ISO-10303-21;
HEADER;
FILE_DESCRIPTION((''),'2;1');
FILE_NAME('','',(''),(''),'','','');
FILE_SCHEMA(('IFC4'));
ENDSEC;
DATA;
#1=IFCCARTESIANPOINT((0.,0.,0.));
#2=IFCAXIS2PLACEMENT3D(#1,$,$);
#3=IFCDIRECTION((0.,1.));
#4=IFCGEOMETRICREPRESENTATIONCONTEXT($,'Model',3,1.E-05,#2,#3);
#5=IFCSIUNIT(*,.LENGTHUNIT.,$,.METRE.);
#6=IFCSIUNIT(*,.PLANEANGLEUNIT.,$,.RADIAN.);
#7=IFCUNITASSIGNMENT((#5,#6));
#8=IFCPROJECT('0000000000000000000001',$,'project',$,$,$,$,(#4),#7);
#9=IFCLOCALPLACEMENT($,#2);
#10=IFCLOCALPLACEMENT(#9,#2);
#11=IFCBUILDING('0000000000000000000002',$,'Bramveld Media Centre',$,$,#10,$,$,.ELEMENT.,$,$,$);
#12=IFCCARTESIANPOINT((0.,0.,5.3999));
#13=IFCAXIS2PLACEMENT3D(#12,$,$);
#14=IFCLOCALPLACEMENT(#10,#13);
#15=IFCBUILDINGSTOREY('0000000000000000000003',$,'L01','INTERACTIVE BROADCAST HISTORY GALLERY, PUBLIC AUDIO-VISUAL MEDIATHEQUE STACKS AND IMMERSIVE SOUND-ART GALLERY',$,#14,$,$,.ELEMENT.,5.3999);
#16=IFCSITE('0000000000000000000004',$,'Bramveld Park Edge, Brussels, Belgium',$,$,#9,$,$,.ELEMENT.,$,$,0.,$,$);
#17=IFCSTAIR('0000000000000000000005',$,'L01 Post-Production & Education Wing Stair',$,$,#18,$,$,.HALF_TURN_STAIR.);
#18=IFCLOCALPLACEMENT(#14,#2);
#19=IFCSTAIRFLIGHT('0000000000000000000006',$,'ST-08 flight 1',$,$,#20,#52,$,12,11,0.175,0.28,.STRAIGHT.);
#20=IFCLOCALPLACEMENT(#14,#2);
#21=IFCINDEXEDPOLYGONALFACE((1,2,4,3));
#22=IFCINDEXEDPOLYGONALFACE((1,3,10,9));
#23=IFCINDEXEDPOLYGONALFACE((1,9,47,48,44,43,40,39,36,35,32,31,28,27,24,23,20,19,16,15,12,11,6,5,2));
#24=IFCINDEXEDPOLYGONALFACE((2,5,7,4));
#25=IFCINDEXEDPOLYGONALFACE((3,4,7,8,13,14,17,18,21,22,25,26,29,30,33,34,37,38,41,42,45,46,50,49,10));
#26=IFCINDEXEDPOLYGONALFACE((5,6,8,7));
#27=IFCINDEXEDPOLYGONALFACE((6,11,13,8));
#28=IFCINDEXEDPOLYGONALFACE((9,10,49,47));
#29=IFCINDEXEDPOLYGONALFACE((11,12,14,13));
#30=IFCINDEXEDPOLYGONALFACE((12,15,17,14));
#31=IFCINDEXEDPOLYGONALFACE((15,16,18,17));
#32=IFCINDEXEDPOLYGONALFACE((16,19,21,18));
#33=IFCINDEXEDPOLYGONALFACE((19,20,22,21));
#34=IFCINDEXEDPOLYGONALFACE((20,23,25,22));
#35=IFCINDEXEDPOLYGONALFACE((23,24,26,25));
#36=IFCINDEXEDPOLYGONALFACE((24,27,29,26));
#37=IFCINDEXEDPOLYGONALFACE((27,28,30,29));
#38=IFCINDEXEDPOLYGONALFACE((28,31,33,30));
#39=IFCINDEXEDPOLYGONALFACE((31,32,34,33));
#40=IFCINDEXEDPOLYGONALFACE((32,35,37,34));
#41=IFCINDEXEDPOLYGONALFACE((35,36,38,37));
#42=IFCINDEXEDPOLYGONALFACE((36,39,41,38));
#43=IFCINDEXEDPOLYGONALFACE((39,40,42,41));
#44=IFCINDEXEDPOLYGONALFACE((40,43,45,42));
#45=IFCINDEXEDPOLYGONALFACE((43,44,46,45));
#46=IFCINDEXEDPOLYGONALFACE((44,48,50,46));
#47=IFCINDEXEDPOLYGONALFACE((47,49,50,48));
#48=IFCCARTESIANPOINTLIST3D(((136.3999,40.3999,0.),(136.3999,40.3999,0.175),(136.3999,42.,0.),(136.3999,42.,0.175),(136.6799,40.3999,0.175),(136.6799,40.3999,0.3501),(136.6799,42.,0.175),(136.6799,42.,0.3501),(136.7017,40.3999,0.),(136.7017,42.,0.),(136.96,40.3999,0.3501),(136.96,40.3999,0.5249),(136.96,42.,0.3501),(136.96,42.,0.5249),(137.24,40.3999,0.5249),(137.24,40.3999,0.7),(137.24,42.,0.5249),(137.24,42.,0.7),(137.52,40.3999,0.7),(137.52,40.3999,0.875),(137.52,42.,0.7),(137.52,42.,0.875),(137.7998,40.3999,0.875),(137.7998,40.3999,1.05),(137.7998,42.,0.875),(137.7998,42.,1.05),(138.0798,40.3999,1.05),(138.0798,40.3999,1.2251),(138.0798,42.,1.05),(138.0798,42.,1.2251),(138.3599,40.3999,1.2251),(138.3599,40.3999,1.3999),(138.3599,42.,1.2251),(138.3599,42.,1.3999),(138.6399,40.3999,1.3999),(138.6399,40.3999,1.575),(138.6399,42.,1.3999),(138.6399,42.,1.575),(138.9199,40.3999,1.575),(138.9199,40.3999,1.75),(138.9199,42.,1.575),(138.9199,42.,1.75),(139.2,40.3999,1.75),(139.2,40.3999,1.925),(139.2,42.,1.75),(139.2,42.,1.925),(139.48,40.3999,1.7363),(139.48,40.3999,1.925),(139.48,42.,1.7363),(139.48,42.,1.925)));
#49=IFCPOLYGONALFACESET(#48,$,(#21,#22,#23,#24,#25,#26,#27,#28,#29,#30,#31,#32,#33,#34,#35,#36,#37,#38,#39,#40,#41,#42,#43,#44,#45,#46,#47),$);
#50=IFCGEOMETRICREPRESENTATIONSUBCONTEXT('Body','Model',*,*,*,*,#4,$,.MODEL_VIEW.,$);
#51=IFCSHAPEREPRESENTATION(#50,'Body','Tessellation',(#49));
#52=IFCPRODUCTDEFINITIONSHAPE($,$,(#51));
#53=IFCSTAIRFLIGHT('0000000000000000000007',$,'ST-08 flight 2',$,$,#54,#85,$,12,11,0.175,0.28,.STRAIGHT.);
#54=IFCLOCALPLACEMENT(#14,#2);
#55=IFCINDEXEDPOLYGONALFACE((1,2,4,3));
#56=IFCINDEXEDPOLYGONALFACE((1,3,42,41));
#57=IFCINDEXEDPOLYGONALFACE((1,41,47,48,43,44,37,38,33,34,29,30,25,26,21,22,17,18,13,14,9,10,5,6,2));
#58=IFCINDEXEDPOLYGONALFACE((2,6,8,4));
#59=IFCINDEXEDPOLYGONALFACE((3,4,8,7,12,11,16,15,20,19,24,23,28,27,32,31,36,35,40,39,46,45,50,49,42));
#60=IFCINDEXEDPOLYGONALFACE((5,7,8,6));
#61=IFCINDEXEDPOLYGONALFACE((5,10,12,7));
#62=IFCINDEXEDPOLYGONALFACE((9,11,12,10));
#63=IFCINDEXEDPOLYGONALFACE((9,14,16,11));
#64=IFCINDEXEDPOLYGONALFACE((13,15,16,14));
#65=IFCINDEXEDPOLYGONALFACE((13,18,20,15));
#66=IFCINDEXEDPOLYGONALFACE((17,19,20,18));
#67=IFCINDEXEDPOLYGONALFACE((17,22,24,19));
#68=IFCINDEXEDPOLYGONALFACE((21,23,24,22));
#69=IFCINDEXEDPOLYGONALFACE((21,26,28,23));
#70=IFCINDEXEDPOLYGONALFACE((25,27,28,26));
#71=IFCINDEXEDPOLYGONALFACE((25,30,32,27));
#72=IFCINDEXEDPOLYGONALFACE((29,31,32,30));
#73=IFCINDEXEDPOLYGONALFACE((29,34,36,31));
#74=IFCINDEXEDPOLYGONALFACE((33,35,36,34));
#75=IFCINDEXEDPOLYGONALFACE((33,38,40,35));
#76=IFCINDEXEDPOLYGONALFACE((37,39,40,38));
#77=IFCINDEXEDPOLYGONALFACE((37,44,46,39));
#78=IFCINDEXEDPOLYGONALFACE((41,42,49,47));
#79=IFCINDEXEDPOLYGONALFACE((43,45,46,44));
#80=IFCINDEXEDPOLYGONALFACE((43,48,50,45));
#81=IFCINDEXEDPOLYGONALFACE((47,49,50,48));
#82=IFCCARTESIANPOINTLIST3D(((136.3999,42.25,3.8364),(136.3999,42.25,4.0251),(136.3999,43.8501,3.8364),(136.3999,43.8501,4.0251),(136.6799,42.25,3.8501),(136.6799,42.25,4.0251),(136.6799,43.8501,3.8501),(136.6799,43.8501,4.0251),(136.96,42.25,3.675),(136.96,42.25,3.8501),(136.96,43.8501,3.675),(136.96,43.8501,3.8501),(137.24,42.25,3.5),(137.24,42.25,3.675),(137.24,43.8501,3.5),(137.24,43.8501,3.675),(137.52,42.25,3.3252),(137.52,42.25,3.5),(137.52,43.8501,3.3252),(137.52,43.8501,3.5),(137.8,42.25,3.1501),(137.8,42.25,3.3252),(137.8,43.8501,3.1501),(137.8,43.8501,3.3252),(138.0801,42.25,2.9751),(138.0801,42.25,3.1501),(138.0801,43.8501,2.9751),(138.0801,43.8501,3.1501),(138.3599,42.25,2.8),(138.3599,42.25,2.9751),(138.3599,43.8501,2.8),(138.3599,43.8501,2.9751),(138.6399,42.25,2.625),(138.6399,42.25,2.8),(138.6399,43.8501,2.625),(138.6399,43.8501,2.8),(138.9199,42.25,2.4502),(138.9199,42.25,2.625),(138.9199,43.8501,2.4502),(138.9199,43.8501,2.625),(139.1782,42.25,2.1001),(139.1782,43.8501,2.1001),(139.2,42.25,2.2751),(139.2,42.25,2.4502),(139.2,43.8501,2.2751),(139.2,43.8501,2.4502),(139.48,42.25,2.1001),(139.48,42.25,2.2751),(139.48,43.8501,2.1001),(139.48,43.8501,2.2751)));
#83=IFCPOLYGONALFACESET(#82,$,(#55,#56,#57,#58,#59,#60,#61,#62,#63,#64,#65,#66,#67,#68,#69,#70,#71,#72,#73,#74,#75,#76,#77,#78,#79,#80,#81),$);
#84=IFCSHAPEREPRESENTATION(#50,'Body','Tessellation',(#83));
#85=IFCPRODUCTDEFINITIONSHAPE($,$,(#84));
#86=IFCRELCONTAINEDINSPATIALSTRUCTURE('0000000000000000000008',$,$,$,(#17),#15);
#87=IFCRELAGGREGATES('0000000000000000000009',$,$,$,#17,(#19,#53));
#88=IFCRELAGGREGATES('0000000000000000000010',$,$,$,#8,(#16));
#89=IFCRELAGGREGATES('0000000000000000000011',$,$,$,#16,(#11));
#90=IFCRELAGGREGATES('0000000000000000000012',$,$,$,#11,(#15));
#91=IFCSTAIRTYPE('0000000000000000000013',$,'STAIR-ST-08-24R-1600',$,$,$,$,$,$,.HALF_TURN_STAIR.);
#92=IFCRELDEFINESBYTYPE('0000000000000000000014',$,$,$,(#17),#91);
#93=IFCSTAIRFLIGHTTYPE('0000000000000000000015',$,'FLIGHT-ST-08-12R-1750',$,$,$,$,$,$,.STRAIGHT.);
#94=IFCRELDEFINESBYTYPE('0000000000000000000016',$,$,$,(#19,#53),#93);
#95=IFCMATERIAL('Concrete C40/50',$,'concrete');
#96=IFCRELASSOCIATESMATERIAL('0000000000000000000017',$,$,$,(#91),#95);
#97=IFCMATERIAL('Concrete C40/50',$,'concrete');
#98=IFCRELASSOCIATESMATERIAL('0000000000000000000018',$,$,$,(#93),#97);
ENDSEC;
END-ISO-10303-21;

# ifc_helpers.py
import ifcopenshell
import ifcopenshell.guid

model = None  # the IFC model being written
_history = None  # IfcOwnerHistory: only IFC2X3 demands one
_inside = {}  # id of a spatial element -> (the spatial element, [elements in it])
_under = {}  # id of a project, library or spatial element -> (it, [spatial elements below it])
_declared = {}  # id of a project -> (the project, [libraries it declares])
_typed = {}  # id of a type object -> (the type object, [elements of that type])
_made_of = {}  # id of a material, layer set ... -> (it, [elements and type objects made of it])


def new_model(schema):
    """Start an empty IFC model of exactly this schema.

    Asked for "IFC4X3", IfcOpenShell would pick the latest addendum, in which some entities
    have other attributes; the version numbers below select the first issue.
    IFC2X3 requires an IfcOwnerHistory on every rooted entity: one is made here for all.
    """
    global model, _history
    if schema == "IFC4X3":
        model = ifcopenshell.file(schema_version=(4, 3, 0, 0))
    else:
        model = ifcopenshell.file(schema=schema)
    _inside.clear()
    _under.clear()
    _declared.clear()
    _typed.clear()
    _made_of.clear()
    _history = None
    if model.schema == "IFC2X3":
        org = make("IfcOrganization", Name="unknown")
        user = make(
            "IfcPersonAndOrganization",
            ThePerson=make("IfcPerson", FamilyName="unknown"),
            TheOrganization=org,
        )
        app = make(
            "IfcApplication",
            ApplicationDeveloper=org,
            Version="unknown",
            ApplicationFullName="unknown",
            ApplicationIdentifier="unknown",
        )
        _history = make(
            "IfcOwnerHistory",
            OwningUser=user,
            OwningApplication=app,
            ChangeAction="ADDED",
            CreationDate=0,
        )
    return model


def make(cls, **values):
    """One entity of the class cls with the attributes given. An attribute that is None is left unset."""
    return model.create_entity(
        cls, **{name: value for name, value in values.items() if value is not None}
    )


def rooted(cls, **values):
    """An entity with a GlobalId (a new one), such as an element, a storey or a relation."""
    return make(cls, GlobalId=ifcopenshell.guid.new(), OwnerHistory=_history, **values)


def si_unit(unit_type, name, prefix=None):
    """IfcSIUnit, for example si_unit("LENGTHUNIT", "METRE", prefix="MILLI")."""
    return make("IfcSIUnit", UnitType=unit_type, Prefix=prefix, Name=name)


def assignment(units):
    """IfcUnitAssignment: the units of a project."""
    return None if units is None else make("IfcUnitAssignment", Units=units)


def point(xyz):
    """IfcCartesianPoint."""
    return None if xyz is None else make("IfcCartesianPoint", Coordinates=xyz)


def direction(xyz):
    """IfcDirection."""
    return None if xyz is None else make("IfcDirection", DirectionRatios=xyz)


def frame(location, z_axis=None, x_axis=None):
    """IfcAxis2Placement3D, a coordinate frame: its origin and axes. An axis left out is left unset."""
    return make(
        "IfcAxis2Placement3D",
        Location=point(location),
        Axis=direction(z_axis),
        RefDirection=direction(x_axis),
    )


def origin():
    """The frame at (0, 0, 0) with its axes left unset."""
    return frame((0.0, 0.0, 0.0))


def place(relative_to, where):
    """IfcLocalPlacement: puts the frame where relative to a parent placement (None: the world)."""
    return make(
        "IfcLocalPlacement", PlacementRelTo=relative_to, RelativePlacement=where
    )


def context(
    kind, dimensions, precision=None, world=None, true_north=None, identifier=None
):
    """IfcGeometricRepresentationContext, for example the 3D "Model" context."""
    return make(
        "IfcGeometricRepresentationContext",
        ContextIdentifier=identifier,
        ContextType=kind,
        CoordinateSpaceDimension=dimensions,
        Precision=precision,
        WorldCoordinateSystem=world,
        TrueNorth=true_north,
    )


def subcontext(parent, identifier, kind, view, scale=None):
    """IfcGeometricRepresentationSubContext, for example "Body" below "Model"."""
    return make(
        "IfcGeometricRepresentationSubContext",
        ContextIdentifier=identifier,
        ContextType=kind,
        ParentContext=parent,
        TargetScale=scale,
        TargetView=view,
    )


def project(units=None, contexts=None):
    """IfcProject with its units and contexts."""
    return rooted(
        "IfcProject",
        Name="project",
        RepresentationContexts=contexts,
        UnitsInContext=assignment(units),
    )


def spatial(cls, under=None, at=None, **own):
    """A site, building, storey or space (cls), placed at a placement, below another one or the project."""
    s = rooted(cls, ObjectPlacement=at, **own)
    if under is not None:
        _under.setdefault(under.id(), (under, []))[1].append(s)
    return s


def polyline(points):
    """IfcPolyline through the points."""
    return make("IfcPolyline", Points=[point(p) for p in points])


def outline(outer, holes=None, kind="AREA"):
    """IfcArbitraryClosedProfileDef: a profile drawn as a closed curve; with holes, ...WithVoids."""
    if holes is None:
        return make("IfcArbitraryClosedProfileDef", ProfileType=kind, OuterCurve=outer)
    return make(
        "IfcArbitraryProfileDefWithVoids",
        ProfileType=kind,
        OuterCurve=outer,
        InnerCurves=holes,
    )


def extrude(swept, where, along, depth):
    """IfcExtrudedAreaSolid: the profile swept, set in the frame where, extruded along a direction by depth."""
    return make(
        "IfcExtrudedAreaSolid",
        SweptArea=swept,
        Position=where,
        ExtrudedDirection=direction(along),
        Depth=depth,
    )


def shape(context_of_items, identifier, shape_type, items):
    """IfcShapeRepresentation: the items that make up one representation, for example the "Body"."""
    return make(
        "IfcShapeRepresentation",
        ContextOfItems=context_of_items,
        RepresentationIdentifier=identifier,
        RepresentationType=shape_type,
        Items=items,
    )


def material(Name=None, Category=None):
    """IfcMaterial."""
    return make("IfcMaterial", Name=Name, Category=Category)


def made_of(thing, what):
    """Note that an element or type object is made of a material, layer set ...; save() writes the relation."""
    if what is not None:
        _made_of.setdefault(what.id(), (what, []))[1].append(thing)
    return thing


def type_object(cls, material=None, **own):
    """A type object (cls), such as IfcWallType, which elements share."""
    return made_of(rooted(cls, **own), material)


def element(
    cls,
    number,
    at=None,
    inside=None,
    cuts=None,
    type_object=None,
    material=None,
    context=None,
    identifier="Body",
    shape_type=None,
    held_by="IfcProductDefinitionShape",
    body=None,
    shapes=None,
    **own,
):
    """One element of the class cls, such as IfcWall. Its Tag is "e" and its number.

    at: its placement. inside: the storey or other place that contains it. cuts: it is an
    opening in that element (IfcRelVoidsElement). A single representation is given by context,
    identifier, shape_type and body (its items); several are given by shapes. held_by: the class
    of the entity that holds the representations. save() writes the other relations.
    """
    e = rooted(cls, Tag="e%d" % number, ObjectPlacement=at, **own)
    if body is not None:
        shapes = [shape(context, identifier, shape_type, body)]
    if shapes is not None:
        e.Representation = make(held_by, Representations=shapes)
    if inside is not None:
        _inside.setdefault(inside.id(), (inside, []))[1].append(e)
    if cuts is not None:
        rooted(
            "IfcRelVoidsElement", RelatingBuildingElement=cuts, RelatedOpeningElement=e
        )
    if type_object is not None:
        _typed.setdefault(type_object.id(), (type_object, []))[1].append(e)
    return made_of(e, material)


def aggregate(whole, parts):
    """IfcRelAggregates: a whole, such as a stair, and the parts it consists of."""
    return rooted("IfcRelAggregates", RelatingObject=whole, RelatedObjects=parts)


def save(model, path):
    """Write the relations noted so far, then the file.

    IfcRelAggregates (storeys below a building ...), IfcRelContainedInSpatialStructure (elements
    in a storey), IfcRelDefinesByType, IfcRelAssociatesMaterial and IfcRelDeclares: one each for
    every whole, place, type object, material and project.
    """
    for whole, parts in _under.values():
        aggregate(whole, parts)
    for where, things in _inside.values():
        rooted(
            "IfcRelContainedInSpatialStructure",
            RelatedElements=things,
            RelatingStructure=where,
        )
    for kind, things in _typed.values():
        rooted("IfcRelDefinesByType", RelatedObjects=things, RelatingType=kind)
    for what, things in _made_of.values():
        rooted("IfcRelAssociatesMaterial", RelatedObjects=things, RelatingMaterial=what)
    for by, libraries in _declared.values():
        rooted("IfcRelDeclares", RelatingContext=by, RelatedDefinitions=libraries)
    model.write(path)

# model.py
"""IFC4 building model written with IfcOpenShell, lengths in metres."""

from ifc_helpers import new_model, si_unit, direction, frame, origin, place, context, subcontext, project, spatial, polyline, outline, extrude, material, type_object, element, aggregate, save


model = new_model("IFC4")

# Units and contexts
model_context = context("Model", 3, precision=1e-05, world=origin(), true_north=direction((0.0, 1.0)))
body_context = subcontext(model_context, "Body", "Model", "MODEL_VIEW")
ifc_project = project(units=[si_unit("LENGTHUNIT", "METRE"), si_unit("PLANEANGLEUNIT", "RADIAN")], contexts=[model_context])

# Site, building, storey
site_placement = place(None, origin())
site = spatial("IfcSite", under=ifc_project, at=site_placement, Name="Bramveld Park Edge, Brussels, Belgium", CompositionType="ELEMENT", RefElevation=0.0)
building_placement = place(site_placement, origin())
building = spatial("IfcBuilding", under=site, at=building_placement, Name="Bramveld Media Centre", CompositionType="ELEMENT")
storey_placement = place(building_placement, frame((0.0, 0.0, 5.3999)))
storey = spatial("IfcBuildingStorey", under=building, at=storey_placement, Name="L01", Description="INTERACTIVE BROADCAST HISTORY GALLERY, PUBLIC AUDIO-VISUAL MEDIATHEQUE STACKS AND IMMERSIVE SOUND-ART GALLERY", CompositionType="ELEMENT", Elevation=5.3999)

# Stair, stair flights
ifc_material_1 = material(Name="Concrete C40/50", Category="concrete")
stair_type = type_object("IfcStairType", Name="STAIR-ST-08-24R-1600", PredefinedType="HALF_TURN_STAIR", material=ifc_material_1)
stair_placement = place(storey_placement, origin())
stair = element("IfcStair", 1, at=stair_placement, inside=storey, type_object=stair_type, Name="L01 Post-Production & Education Wing Stair", PredefinedType="HALF_TURN_STAIR")
ifc_material_2 = material(Name="Concrete C40/50", Category="concrete")
stair_flight_type = type_object("IfcStairFlightType", Name="FLIGHT-ST-08-12R-1750", PredefinedType="STRAIGHT", material=ifc_material_2)
stair_flight_1_placement = place(storey_placement, frame((136.3999, 41.2, 0.0), z_axis=(0.0, 0.0, 1.0), x_axis=(1.0, 0.0, 0.0)))
stair_flight_1 = element("IfcStairFlight", 2, at=stair_flight_1_placement, type_object=stair_flight_type, Name="ST-08 flight 1", NumberOfRisers=12, NumberOfTreads=11, PredefinedType="STRAIGHT", RiserHeight=0.175, TreadLength=0.28, context=body_context, shape_type="SweptSolid", body=[
    extrude(outline(polyline([(0.0, 0.0), (0.0, 0.175), (0.28, 0.175), (0.28, 0.3501), (0.5601, 0.3501), (0.5601, 0.5249), (0.8401, 0.5249), (0.8401, 0.7), (1.1201, 0.7), (1.1201, 0.875), (1.3999, 0.875), (1.3999, 1.05), (1.6799, 1.05), (1.6799, 1.2251), (1.96, 1.2251), (1.96, 1.3999), (2.24, 1.3999), (2.24, 1.575), (2.52, 1.575), (2.52, 1.75), (2.8, 1.75), (2.8, 1.925), (3.0801, 1.925), (3.0801, 2.1001), (3.0801, 1.7363), (0.3018, 0.0), (0.0, 0.0)])), frame((0.0, 0.8, 0.0), z_axis=(0.0, -1.0, 0.0), x_axis=(1.0, 0.0, 0.0)), (0.0, 0.0, 1.0), 1.6001),
])
stair_flight_2_placement = place(storey_placement, frame((139.48, 43.05, 2.1001), z_axis=(0.0, 0.0, 1.0), x_axis=(-1.0, 0.0, 0.0)))
stair_flight_2 = element("IfcStairFlight", 3, at=stair_flight_2_placement, type_object=stair_flight_type, Name="ST-08 flight 2", NumberOfRisers=12, NumberOfTreads=11, PredefinedType="STRAIGHT", RiserHeight=0.175, TreadLength=0.28, context=body_context, shape_type="SweptSolid", body=[
    extrude(outline(polyline([(0.0, 0.0), (0.0, 0.175), (0.28, 0.175), (0.28, 0.3501), (0.5601, 0.3501), (0.5601, 0.5249), (0.8401, 0.5249), (0.8401, 0.7), (1.1201, 0.7), (1.1201, 0.875), (1.3999, 0.875), (1.3999, 1.05), (1.6799, 1.05), (1.6799, 1.2251), (1.96, 1.2251), (1.96, 1.3999), (2.24, 1.3999), (2.24, 1.575), (2.52, 1.575), (2.52, 1.75), (2.8, 1.75), (2.8, 1.925), (3.0801, 1.925), (3.0801, 2.1001), (3.0801, 1.7363), (0.3018, 0.0), (0.0, 0.0)])), frame((0.0, 0.8, 0.0), z_axis=(0.0, -1.0, 0.0), x_axis=(1.0, 0.0, 0.0)), (0.0, 0.0, 1.0), 1.6001),
])
aggregate(stair, [stair_flight_1, stair_flight_2])

save(model, "model.ifc")
